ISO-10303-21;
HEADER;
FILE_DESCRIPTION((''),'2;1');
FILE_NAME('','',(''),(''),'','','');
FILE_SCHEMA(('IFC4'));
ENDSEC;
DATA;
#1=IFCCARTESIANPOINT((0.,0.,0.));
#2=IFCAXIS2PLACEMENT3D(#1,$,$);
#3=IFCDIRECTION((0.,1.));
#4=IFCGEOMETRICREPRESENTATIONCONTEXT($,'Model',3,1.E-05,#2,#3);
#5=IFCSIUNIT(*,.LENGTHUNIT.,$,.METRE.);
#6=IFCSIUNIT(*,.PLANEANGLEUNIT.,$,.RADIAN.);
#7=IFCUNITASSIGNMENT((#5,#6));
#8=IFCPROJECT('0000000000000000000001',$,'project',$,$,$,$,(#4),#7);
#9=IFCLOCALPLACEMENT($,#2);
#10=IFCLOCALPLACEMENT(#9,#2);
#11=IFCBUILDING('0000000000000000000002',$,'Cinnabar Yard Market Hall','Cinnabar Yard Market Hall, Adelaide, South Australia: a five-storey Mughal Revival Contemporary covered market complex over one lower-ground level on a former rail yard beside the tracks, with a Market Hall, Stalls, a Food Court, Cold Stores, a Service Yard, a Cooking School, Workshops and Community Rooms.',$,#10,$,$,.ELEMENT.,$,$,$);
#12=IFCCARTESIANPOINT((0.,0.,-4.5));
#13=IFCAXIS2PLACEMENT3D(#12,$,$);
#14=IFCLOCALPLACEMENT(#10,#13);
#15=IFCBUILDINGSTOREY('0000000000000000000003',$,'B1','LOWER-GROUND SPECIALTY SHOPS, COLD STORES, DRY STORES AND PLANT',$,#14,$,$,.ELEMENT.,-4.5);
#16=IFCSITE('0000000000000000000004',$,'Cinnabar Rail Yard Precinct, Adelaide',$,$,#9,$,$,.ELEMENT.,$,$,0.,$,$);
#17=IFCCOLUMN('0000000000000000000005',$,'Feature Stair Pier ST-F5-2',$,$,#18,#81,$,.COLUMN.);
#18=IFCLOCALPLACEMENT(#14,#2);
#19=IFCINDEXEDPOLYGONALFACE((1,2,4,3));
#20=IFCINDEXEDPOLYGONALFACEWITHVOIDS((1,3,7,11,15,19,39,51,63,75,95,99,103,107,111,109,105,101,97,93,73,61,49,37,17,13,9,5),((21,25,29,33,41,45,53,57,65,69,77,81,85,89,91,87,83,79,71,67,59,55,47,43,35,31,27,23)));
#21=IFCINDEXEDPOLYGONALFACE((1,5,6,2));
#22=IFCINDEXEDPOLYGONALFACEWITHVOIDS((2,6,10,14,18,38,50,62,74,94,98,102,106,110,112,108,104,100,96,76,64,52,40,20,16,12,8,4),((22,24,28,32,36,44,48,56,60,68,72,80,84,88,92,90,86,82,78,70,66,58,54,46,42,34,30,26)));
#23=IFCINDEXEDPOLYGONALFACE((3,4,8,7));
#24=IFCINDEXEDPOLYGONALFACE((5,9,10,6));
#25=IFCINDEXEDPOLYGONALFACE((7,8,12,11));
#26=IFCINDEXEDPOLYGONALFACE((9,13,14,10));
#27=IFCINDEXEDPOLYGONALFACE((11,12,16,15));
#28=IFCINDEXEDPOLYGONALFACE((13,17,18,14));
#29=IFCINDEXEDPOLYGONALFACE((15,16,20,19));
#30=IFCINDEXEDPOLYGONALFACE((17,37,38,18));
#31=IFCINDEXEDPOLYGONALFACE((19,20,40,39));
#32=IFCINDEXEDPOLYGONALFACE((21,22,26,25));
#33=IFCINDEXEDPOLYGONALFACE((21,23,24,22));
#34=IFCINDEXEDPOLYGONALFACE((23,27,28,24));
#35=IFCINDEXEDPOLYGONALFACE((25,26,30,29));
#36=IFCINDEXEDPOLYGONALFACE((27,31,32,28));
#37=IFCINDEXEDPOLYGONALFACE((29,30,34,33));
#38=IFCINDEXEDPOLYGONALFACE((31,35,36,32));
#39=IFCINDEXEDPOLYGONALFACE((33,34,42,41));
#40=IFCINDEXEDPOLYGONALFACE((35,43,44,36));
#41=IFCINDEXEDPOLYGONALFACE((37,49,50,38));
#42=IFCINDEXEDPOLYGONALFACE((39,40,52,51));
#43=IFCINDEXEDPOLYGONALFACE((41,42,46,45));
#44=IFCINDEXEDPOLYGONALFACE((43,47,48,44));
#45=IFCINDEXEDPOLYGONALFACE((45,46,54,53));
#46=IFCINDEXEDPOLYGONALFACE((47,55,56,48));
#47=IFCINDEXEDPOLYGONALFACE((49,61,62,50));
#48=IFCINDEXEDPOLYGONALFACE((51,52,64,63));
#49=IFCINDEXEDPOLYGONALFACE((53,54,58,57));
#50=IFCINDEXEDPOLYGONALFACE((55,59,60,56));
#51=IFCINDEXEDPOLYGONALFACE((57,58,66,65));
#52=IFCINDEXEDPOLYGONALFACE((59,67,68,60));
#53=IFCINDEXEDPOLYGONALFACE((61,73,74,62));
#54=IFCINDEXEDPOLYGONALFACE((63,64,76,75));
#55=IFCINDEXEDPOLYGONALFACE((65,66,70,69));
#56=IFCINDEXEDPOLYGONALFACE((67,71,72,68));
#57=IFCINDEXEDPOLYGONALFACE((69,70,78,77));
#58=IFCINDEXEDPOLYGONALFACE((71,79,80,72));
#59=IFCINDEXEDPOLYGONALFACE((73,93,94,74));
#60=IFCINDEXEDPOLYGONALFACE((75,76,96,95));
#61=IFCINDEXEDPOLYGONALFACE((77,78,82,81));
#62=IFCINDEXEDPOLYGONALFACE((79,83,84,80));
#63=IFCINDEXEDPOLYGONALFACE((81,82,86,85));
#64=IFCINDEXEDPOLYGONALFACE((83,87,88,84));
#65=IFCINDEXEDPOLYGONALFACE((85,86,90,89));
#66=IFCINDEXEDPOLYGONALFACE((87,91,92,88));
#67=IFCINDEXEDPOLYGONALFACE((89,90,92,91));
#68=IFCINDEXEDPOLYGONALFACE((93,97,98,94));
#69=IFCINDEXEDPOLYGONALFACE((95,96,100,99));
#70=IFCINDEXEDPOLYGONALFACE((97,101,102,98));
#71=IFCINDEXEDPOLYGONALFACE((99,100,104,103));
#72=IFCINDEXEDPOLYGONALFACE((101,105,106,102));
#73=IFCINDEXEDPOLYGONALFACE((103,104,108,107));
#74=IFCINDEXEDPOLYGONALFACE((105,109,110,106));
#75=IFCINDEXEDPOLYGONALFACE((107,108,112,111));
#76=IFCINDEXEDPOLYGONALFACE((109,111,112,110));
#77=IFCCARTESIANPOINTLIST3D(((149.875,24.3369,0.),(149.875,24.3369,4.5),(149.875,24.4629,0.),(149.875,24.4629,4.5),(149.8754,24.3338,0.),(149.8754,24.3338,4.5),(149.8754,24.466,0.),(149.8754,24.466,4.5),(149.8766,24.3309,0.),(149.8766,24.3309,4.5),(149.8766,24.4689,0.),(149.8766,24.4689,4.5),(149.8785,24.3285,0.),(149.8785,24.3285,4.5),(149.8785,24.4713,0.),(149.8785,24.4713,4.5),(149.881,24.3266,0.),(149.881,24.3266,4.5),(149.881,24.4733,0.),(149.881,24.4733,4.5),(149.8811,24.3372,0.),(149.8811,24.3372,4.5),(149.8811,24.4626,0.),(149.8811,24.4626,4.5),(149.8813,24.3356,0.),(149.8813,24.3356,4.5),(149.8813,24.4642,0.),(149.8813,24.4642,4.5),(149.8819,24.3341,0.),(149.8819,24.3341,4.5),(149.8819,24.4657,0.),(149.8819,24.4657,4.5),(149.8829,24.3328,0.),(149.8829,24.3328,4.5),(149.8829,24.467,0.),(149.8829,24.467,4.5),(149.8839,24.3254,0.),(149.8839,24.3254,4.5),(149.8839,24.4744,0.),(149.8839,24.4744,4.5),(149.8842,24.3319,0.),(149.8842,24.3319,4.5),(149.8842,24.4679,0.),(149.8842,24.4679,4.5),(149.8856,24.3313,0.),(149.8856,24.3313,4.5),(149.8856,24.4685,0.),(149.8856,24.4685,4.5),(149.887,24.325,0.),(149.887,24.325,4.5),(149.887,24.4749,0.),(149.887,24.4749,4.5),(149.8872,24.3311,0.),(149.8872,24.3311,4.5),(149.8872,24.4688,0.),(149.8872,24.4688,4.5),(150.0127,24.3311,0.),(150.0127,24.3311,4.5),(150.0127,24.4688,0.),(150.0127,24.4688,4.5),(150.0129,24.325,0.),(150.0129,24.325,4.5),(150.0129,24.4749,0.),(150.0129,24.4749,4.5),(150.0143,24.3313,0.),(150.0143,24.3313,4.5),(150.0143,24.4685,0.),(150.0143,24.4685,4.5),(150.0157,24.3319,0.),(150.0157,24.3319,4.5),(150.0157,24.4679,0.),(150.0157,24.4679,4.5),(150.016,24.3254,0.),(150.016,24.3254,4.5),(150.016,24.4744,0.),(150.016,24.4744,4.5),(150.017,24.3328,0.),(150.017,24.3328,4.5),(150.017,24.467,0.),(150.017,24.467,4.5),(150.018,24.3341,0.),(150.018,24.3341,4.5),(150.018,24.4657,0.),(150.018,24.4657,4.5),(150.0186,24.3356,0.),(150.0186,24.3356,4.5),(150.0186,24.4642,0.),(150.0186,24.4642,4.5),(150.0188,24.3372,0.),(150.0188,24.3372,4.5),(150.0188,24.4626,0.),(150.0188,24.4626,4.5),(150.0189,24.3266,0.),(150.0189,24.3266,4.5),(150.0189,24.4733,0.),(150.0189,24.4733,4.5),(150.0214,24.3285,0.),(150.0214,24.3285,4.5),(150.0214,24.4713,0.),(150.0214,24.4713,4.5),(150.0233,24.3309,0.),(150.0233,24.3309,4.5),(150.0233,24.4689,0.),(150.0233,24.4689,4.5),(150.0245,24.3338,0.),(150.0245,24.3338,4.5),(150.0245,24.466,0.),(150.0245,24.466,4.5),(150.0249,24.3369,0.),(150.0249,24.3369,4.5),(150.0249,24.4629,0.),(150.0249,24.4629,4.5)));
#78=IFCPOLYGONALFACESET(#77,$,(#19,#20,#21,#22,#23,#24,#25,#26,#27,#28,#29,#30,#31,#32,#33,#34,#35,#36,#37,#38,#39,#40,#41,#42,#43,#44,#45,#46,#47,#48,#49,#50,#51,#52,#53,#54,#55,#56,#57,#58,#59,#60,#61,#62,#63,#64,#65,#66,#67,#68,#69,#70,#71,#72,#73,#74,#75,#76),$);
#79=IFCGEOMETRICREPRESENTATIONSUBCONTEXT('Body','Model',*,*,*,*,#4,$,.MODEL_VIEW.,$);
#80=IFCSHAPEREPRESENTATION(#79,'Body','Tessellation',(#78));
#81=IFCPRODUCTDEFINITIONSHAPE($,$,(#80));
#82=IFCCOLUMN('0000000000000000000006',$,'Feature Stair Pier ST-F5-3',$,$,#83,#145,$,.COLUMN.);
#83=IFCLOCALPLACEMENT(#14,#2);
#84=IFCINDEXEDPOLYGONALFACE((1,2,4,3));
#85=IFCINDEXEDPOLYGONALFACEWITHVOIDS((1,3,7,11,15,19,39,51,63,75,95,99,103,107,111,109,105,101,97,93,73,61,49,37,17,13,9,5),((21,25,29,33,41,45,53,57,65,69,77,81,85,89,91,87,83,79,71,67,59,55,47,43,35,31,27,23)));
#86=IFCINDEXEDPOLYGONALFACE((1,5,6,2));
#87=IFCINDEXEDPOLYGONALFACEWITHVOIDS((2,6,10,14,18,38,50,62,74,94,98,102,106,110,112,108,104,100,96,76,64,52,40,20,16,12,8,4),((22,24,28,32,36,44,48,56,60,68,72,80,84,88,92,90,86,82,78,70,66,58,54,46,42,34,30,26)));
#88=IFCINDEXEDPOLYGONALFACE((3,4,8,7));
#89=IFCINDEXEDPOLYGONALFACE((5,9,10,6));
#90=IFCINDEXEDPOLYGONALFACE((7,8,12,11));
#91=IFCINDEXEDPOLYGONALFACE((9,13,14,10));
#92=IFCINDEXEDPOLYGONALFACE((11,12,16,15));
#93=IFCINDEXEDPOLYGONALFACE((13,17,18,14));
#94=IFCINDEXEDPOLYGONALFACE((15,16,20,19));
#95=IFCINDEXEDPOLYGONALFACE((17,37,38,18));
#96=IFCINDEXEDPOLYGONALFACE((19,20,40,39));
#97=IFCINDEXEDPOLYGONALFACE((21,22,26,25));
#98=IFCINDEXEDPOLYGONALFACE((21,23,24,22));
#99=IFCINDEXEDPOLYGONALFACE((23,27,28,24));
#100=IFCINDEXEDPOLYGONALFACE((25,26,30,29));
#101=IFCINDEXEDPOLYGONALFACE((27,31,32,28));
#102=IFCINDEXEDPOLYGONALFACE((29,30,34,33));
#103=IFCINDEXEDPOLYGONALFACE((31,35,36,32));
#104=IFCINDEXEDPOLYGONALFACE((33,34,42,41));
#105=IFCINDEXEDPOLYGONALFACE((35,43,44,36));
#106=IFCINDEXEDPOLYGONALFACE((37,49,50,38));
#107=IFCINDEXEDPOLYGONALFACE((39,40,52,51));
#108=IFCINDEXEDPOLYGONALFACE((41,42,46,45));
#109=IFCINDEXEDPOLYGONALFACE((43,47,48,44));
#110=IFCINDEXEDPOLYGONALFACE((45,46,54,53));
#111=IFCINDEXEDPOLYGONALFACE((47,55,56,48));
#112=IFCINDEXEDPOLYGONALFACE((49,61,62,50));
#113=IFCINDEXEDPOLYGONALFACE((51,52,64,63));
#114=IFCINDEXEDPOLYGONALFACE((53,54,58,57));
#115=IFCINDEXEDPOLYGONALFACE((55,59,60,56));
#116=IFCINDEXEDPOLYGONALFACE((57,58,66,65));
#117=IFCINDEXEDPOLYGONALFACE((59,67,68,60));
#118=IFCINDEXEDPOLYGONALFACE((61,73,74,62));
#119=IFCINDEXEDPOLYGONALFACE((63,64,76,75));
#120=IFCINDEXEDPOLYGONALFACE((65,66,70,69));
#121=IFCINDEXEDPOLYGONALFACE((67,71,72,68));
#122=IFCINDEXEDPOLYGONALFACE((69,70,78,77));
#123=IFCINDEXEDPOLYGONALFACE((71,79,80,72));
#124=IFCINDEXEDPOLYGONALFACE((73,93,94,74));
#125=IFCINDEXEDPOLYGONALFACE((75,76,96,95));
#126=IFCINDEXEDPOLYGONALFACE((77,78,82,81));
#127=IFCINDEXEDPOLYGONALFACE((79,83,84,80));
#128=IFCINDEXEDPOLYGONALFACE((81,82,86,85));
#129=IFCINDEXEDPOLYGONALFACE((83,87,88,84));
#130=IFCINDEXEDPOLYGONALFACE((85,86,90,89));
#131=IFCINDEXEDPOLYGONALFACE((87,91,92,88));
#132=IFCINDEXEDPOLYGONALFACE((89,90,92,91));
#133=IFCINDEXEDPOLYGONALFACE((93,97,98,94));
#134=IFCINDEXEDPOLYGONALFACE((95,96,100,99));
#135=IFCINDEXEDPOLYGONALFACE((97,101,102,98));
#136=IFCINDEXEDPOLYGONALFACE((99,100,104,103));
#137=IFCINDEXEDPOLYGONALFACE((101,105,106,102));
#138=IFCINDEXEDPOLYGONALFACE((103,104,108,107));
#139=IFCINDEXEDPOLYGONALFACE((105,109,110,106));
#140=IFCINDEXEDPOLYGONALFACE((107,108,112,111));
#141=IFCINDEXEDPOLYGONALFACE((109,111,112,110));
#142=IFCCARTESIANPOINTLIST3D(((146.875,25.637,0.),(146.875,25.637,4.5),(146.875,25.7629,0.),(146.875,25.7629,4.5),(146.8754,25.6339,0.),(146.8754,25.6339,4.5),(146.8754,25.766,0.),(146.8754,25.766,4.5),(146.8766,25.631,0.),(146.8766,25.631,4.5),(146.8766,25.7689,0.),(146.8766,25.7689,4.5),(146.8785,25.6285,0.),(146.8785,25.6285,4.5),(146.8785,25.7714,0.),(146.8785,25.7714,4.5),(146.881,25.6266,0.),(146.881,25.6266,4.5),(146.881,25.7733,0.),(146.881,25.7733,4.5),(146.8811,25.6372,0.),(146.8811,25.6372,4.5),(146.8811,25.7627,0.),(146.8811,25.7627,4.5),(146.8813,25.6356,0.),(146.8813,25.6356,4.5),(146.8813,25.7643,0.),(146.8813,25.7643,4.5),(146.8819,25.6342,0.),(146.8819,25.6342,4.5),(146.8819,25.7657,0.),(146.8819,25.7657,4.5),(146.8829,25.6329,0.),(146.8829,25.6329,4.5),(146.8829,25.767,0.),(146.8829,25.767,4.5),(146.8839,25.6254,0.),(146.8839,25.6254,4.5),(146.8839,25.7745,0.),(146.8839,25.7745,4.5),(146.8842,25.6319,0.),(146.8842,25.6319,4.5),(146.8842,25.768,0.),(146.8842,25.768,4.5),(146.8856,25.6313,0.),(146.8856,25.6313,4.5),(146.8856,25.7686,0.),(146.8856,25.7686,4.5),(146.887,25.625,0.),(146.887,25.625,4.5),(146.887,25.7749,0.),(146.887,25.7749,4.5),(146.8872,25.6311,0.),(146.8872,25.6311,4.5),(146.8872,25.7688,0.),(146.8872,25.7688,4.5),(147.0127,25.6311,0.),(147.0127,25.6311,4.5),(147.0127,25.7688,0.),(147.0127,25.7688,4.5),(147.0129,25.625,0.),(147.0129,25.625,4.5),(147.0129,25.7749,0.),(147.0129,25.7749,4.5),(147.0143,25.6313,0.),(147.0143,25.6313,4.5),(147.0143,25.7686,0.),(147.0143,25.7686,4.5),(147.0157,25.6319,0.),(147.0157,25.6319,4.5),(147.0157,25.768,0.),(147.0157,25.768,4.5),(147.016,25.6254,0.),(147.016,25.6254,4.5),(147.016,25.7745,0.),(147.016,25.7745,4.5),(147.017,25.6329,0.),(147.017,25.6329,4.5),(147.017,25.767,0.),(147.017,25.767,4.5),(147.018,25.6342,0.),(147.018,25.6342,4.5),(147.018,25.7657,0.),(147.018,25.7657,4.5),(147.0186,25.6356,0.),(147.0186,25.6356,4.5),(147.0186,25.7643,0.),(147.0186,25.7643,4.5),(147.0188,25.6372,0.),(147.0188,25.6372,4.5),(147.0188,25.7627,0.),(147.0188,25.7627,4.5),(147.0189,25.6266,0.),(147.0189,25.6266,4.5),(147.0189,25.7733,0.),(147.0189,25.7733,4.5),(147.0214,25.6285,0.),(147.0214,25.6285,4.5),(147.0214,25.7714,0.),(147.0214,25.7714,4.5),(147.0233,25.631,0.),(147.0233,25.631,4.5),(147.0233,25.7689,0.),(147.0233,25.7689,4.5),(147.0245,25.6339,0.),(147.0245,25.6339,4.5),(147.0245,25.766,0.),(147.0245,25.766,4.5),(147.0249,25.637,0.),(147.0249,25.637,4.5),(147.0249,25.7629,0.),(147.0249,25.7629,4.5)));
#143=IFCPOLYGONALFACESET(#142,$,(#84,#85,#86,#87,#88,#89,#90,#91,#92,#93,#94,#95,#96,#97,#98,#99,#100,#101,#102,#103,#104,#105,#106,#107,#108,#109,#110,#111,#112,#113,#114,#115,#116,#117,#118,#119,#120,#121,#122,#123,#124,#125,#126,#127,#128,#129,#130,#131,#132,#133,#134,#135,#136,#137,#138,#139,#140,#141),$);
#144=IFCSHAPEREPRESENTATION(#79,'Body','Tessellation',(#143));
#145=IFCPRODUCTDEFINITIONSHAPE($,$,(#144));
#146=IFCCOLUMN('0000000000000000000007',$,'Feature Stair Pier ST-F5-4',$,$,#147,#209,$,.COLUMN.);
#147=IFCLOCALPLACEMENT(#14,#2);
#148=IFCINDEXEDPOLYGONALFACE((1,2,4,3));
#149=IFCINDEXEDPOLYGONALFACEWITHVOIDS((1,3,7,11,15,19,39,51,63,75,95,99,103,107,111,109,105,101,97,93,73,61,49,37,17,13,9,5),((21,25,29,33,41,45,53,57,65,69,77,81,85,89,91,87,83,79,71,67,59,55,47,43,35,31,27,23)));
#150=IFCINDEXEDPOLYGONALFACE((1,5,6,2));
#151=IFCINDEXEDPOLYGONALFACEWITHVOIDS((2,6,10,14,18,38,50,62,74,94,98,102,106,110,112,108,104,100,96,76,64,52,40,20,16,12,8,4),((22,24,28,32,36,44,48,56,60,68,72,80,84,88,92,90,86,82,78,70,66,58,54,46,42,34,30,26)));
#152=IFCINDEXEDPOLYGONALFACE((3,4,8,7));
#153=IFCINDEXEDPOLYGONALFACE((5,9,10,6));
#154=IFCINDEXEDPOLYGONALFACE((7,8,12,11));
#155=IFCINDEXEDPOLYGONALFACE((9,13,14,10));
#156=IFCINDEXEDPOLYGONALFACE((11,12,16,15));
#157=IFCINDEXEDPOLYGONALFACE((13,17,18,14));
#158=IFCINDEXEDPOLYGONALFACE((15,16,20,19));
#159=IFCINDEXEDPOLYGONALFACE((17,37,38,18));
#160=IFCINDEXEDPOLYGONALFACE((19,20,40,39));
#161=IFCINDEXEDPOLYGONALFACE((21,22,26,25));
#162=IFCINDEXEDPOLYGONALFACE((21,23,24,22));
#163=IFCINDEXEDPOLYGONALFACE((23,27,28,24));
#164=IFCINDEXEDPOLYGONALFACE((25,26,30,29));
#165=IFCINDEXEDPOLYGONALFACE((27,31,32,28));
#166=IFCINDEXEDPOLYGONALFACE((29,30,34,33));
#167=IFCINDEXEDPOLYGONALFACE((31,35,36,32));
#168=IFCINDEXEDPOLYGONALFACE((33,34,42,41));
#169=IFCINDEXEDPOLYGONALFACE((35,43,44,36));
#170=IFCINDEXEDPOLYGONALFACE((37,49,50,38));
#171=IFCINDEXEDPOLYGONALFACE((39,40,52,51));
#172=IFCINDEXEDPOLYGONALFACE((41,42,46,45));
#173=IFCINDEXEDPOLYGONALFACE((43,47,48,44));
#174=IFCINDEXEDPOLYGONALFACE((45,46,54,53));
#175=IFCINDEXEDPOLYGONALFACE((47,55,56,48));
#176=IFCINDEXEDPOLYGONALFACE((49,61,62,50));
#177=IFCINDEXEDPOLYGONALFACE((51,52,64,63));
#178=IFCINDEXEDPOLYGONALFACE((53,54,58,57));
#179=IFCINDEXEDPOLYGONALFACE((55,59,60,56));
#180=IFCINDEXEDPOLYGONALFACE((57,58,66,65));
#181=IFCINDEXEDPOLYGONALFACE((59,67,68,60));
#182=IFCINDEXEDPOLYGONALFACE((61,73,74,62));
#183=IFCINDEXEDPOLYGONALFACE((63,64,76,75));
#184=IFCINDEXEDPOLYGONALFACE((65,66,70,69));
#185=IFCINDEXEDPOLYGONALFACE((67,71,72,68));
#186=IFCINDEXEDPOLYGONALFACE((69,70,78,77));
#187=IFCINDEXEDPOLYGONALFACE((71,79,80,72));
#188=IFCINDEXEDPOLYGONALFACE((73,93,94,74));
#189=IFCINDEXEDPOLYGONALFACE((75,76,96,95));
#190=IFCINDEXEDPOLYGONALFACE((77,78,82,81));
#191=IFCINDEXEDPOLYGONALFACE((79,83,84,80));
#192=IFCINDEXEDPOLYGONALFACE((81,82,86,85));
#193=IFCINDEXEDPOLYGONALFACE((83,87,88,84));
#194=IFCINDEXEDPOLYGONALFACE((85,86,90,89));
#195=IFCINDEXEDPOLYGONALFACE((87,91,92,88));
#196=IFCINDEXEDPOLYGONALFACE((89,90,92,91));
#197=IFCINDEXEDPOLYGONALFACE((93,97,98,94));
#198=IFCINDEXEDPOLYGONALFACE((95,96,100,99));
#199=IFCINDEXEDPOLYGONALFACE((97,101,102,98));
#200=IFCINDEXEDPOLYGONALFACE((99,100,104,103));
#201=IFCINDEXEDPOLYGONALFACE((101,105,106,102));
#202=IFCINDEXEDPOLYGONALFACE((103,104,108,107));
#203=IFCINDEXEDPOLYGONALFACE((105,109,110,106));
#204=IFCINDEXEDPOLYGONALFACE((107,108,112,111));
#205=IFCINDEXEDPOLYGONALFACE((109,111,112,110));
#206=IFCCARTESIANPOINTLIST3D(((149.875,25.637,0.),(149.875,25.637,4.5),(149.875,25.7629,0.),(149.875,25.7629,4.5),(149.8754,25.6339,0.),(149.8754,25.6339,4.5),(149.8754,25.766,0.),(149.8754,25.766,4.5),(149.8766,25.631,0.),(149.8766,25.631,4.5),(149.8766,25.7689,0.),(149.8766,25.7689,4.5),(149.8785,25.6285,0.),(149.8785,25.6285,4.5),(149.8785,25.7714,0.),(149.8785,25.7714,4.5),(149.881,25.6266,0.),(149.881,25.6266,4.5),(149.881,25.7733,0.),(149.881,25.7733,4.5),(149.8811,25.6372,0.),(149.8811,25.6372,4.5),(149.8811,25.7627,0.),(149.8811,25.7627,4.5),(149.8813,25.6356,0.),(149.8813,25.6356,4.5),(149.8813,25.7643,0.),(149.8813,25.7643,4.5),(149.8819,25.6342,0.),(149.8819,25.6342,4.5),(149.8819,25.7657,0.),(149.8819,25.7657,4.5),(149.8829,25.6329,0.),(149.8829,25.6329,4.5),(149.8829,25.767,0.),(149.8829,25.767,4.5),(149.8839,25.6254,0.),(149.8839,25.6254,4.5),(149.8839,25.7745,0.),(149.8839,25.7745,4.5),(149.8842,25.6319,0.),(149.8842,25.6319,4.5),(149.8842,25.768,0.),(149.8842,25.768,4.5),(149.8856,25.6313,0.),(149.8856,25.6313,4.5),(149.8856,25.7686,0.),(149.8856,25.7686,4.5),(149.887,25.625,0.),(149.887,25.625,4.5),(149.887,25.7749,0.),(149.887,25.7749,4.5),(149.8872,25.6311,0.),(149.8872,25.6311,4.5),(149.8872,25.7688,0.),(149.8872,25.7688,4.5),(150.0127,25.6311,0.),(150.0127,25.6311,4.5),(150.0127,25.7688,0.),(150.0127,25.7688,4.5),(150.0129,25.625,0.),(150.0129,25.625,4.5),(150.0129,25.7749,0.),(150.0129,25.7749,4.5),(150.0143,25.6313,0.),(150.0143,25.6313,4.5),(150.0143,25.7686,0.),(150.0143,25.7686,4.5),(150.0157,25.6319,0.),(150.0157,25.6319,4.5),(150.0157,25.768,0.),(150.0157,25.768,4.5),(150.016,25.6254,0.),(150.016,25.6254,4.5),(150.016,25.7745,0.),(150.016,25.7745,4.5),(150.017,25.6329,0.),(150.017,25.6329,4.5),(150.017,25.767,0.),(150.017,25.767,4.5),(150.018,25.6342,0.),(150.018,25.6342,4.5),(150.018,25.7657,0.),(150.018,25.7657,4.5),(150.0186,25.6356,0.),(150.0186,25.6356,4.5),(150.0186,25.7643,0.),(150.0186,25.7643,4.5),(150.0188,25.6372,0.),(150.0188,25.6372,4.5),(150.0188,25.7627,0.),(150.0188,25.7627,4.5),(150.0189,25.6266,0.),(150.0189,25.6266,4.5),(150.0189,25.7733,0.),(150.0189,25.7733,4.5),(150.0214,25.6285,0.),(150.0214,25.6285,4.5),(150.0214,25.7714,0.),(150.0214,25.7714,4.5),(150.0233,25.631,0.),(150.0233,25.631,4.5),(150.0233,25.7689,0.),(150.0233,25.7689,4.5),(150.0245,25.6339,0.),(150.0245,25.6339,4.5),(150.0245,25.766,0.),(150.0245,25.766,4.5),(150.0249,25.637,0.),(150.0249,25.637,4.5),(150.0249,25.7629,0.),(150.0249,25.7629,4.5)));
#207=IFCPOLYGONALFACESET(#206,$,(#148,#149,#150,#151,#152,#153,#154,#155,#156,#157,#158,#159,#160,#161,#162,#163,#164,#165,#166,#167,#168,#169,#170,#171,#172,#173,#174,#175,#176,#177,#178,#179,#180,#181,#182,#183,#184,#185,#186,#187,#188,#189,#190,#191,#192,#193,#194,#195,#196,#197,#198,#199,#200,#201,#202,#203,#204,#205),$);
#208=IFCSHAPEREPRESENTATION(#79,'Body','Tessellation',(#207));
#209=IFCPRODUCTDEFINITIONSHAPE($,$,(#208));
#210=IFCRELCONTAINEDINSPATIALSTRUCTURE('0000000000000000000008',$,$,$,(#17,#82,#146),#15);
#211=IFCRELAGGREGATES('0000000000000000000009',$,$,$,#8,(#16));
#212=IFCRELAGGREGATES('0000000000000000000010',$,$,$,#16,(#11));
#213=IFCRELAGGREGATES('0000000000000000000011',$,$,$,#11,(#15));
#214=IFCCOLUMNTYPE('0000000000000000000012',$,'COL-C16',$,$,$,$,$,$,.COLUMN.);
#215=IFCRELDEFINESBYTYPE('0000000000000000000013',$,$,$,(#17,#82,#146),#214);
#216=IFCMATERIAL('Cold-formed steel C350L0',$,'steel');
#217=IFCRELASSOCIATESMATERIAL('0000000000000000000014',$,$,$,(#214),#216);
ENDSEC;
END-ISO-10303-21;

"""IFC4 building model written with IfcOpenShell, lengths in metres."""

from ifc_helpers import new_model, si_unit, direction, frame, origin, origin_2d_with_axis, place, context, subcontext, project, spatial, hollow_rectangle, extrude, material, material_profile, profile_set, type_object, element, save


model = new_model("IFC4")

# Units and contexts
model_context = context("Model", 3, precision=1e-05, world=origin(), true_north=direction((0.0, 1.0)))
body_context = subcontext(model_context, "Body", "Model", "MODEL_VIEW")
ifc_project = project(units=[si_unit("LENGTHUNIT", "METRE"), si_unit("PLANEANGLEUNIT", "RADIAN")], contexts=[model_context])

# Site, building, storey
site_placement = place(None, origin())
site = spatial("IfcSite", under=ifc_project, at=site_placement, Name="Cinnabar Rail Yard Precinct, Adelaide", CompositionType="ELEMENT", RefElevation=0.0)
building_placement = place(site_placement, origin())
building = spatial("IfcBuilding", under=site, at=building_placement, Name="Cinnabar Yard Market Hall", Description="Cinnabar Yard Market Hall, Adelaide, South Australia: a five-storey Mughal Revival Contemporary covered market complex over one lower-ground level on a former rail yard beside the tracks, with a Market Hall, Stalls, a Food Court, Cold Stores, a Service Yard, a Cooking School, Workshops and Community Rooms.", CompositionType="ELEMENT")
storey_placement = place(building_placement, frame((0.0, 0.0, -4.5)))
storey = spatial("IfcBuildingStorey", under=building, at=storey_placement, Name="B1", Description="LOWER-GROUND SPECIALTY SHOPS, COLD STORES, DRY STORES AND PLANT", CompositionType="ELEMENT", Elevation=-4.5)

# Columns
ifc_material_1 = material(Name="Cold-formed steel C350L0", Category="steel")
ifc_material_profile_1 = material_profile(ifc_material_1, hollow_rectangle(XDim=0.1499, YDim=0.1499, WallThickness=0.0061, InnerFilletRadius=0.0061, OuterFilletRadius=0.012, at=origin_2d_with_axis()), Name="150x150x6.0SHS")
ifc_profile_set_1 = profile_set([ifc_material_profile_1], Name="Cold-formed steel C350L0")
column_type_1 = type_object("IfcColumnType", Name="COL-C16", PredefinedType="COLUMN", material=ifc_profile_set_1)
for number, where, z_axis, x_axis, name in (
    (1, (149.95, 24.3999, 0.0), (0.0, 0.0, 1.0), (1.0, 0.0, 0.0), "Feature Stair Pier ST-F5-2"),
    (2, (146.95, 25.7, 0.0), (0.0, 0.0, 1.0), (1.0, 0.0, 0.0), "Feature Stair Pier ST-F5-3"),
    (3, (149.95, 25.7, 0.0), (0.0, 0.0, 1.0), (1.0, 0.0, 0.0), "Feature Stair Pier ST-F5-4"),
):
    element("IfcColumn", number, at=place(storey_placement, frame(where, z_axis=z_axis, x_axis=x_axis)), inside=storey, type_object=column_type_1, Name=name, PredefinedType="COLUMN", context=body_context, shape_type="SweptSolid", body=[
        extrude(hollow_rectangle(XDim=0.1499, YDim=0.1499, WallThickness=0.0061, InnerFilletRadius=0.0061, OuterFilletRadius=0.012, at=origin_2d_with_axis()), origin(), (0.0, 0.0, 1.0), 4.5),
    ])

save(model, "model.ifc")
